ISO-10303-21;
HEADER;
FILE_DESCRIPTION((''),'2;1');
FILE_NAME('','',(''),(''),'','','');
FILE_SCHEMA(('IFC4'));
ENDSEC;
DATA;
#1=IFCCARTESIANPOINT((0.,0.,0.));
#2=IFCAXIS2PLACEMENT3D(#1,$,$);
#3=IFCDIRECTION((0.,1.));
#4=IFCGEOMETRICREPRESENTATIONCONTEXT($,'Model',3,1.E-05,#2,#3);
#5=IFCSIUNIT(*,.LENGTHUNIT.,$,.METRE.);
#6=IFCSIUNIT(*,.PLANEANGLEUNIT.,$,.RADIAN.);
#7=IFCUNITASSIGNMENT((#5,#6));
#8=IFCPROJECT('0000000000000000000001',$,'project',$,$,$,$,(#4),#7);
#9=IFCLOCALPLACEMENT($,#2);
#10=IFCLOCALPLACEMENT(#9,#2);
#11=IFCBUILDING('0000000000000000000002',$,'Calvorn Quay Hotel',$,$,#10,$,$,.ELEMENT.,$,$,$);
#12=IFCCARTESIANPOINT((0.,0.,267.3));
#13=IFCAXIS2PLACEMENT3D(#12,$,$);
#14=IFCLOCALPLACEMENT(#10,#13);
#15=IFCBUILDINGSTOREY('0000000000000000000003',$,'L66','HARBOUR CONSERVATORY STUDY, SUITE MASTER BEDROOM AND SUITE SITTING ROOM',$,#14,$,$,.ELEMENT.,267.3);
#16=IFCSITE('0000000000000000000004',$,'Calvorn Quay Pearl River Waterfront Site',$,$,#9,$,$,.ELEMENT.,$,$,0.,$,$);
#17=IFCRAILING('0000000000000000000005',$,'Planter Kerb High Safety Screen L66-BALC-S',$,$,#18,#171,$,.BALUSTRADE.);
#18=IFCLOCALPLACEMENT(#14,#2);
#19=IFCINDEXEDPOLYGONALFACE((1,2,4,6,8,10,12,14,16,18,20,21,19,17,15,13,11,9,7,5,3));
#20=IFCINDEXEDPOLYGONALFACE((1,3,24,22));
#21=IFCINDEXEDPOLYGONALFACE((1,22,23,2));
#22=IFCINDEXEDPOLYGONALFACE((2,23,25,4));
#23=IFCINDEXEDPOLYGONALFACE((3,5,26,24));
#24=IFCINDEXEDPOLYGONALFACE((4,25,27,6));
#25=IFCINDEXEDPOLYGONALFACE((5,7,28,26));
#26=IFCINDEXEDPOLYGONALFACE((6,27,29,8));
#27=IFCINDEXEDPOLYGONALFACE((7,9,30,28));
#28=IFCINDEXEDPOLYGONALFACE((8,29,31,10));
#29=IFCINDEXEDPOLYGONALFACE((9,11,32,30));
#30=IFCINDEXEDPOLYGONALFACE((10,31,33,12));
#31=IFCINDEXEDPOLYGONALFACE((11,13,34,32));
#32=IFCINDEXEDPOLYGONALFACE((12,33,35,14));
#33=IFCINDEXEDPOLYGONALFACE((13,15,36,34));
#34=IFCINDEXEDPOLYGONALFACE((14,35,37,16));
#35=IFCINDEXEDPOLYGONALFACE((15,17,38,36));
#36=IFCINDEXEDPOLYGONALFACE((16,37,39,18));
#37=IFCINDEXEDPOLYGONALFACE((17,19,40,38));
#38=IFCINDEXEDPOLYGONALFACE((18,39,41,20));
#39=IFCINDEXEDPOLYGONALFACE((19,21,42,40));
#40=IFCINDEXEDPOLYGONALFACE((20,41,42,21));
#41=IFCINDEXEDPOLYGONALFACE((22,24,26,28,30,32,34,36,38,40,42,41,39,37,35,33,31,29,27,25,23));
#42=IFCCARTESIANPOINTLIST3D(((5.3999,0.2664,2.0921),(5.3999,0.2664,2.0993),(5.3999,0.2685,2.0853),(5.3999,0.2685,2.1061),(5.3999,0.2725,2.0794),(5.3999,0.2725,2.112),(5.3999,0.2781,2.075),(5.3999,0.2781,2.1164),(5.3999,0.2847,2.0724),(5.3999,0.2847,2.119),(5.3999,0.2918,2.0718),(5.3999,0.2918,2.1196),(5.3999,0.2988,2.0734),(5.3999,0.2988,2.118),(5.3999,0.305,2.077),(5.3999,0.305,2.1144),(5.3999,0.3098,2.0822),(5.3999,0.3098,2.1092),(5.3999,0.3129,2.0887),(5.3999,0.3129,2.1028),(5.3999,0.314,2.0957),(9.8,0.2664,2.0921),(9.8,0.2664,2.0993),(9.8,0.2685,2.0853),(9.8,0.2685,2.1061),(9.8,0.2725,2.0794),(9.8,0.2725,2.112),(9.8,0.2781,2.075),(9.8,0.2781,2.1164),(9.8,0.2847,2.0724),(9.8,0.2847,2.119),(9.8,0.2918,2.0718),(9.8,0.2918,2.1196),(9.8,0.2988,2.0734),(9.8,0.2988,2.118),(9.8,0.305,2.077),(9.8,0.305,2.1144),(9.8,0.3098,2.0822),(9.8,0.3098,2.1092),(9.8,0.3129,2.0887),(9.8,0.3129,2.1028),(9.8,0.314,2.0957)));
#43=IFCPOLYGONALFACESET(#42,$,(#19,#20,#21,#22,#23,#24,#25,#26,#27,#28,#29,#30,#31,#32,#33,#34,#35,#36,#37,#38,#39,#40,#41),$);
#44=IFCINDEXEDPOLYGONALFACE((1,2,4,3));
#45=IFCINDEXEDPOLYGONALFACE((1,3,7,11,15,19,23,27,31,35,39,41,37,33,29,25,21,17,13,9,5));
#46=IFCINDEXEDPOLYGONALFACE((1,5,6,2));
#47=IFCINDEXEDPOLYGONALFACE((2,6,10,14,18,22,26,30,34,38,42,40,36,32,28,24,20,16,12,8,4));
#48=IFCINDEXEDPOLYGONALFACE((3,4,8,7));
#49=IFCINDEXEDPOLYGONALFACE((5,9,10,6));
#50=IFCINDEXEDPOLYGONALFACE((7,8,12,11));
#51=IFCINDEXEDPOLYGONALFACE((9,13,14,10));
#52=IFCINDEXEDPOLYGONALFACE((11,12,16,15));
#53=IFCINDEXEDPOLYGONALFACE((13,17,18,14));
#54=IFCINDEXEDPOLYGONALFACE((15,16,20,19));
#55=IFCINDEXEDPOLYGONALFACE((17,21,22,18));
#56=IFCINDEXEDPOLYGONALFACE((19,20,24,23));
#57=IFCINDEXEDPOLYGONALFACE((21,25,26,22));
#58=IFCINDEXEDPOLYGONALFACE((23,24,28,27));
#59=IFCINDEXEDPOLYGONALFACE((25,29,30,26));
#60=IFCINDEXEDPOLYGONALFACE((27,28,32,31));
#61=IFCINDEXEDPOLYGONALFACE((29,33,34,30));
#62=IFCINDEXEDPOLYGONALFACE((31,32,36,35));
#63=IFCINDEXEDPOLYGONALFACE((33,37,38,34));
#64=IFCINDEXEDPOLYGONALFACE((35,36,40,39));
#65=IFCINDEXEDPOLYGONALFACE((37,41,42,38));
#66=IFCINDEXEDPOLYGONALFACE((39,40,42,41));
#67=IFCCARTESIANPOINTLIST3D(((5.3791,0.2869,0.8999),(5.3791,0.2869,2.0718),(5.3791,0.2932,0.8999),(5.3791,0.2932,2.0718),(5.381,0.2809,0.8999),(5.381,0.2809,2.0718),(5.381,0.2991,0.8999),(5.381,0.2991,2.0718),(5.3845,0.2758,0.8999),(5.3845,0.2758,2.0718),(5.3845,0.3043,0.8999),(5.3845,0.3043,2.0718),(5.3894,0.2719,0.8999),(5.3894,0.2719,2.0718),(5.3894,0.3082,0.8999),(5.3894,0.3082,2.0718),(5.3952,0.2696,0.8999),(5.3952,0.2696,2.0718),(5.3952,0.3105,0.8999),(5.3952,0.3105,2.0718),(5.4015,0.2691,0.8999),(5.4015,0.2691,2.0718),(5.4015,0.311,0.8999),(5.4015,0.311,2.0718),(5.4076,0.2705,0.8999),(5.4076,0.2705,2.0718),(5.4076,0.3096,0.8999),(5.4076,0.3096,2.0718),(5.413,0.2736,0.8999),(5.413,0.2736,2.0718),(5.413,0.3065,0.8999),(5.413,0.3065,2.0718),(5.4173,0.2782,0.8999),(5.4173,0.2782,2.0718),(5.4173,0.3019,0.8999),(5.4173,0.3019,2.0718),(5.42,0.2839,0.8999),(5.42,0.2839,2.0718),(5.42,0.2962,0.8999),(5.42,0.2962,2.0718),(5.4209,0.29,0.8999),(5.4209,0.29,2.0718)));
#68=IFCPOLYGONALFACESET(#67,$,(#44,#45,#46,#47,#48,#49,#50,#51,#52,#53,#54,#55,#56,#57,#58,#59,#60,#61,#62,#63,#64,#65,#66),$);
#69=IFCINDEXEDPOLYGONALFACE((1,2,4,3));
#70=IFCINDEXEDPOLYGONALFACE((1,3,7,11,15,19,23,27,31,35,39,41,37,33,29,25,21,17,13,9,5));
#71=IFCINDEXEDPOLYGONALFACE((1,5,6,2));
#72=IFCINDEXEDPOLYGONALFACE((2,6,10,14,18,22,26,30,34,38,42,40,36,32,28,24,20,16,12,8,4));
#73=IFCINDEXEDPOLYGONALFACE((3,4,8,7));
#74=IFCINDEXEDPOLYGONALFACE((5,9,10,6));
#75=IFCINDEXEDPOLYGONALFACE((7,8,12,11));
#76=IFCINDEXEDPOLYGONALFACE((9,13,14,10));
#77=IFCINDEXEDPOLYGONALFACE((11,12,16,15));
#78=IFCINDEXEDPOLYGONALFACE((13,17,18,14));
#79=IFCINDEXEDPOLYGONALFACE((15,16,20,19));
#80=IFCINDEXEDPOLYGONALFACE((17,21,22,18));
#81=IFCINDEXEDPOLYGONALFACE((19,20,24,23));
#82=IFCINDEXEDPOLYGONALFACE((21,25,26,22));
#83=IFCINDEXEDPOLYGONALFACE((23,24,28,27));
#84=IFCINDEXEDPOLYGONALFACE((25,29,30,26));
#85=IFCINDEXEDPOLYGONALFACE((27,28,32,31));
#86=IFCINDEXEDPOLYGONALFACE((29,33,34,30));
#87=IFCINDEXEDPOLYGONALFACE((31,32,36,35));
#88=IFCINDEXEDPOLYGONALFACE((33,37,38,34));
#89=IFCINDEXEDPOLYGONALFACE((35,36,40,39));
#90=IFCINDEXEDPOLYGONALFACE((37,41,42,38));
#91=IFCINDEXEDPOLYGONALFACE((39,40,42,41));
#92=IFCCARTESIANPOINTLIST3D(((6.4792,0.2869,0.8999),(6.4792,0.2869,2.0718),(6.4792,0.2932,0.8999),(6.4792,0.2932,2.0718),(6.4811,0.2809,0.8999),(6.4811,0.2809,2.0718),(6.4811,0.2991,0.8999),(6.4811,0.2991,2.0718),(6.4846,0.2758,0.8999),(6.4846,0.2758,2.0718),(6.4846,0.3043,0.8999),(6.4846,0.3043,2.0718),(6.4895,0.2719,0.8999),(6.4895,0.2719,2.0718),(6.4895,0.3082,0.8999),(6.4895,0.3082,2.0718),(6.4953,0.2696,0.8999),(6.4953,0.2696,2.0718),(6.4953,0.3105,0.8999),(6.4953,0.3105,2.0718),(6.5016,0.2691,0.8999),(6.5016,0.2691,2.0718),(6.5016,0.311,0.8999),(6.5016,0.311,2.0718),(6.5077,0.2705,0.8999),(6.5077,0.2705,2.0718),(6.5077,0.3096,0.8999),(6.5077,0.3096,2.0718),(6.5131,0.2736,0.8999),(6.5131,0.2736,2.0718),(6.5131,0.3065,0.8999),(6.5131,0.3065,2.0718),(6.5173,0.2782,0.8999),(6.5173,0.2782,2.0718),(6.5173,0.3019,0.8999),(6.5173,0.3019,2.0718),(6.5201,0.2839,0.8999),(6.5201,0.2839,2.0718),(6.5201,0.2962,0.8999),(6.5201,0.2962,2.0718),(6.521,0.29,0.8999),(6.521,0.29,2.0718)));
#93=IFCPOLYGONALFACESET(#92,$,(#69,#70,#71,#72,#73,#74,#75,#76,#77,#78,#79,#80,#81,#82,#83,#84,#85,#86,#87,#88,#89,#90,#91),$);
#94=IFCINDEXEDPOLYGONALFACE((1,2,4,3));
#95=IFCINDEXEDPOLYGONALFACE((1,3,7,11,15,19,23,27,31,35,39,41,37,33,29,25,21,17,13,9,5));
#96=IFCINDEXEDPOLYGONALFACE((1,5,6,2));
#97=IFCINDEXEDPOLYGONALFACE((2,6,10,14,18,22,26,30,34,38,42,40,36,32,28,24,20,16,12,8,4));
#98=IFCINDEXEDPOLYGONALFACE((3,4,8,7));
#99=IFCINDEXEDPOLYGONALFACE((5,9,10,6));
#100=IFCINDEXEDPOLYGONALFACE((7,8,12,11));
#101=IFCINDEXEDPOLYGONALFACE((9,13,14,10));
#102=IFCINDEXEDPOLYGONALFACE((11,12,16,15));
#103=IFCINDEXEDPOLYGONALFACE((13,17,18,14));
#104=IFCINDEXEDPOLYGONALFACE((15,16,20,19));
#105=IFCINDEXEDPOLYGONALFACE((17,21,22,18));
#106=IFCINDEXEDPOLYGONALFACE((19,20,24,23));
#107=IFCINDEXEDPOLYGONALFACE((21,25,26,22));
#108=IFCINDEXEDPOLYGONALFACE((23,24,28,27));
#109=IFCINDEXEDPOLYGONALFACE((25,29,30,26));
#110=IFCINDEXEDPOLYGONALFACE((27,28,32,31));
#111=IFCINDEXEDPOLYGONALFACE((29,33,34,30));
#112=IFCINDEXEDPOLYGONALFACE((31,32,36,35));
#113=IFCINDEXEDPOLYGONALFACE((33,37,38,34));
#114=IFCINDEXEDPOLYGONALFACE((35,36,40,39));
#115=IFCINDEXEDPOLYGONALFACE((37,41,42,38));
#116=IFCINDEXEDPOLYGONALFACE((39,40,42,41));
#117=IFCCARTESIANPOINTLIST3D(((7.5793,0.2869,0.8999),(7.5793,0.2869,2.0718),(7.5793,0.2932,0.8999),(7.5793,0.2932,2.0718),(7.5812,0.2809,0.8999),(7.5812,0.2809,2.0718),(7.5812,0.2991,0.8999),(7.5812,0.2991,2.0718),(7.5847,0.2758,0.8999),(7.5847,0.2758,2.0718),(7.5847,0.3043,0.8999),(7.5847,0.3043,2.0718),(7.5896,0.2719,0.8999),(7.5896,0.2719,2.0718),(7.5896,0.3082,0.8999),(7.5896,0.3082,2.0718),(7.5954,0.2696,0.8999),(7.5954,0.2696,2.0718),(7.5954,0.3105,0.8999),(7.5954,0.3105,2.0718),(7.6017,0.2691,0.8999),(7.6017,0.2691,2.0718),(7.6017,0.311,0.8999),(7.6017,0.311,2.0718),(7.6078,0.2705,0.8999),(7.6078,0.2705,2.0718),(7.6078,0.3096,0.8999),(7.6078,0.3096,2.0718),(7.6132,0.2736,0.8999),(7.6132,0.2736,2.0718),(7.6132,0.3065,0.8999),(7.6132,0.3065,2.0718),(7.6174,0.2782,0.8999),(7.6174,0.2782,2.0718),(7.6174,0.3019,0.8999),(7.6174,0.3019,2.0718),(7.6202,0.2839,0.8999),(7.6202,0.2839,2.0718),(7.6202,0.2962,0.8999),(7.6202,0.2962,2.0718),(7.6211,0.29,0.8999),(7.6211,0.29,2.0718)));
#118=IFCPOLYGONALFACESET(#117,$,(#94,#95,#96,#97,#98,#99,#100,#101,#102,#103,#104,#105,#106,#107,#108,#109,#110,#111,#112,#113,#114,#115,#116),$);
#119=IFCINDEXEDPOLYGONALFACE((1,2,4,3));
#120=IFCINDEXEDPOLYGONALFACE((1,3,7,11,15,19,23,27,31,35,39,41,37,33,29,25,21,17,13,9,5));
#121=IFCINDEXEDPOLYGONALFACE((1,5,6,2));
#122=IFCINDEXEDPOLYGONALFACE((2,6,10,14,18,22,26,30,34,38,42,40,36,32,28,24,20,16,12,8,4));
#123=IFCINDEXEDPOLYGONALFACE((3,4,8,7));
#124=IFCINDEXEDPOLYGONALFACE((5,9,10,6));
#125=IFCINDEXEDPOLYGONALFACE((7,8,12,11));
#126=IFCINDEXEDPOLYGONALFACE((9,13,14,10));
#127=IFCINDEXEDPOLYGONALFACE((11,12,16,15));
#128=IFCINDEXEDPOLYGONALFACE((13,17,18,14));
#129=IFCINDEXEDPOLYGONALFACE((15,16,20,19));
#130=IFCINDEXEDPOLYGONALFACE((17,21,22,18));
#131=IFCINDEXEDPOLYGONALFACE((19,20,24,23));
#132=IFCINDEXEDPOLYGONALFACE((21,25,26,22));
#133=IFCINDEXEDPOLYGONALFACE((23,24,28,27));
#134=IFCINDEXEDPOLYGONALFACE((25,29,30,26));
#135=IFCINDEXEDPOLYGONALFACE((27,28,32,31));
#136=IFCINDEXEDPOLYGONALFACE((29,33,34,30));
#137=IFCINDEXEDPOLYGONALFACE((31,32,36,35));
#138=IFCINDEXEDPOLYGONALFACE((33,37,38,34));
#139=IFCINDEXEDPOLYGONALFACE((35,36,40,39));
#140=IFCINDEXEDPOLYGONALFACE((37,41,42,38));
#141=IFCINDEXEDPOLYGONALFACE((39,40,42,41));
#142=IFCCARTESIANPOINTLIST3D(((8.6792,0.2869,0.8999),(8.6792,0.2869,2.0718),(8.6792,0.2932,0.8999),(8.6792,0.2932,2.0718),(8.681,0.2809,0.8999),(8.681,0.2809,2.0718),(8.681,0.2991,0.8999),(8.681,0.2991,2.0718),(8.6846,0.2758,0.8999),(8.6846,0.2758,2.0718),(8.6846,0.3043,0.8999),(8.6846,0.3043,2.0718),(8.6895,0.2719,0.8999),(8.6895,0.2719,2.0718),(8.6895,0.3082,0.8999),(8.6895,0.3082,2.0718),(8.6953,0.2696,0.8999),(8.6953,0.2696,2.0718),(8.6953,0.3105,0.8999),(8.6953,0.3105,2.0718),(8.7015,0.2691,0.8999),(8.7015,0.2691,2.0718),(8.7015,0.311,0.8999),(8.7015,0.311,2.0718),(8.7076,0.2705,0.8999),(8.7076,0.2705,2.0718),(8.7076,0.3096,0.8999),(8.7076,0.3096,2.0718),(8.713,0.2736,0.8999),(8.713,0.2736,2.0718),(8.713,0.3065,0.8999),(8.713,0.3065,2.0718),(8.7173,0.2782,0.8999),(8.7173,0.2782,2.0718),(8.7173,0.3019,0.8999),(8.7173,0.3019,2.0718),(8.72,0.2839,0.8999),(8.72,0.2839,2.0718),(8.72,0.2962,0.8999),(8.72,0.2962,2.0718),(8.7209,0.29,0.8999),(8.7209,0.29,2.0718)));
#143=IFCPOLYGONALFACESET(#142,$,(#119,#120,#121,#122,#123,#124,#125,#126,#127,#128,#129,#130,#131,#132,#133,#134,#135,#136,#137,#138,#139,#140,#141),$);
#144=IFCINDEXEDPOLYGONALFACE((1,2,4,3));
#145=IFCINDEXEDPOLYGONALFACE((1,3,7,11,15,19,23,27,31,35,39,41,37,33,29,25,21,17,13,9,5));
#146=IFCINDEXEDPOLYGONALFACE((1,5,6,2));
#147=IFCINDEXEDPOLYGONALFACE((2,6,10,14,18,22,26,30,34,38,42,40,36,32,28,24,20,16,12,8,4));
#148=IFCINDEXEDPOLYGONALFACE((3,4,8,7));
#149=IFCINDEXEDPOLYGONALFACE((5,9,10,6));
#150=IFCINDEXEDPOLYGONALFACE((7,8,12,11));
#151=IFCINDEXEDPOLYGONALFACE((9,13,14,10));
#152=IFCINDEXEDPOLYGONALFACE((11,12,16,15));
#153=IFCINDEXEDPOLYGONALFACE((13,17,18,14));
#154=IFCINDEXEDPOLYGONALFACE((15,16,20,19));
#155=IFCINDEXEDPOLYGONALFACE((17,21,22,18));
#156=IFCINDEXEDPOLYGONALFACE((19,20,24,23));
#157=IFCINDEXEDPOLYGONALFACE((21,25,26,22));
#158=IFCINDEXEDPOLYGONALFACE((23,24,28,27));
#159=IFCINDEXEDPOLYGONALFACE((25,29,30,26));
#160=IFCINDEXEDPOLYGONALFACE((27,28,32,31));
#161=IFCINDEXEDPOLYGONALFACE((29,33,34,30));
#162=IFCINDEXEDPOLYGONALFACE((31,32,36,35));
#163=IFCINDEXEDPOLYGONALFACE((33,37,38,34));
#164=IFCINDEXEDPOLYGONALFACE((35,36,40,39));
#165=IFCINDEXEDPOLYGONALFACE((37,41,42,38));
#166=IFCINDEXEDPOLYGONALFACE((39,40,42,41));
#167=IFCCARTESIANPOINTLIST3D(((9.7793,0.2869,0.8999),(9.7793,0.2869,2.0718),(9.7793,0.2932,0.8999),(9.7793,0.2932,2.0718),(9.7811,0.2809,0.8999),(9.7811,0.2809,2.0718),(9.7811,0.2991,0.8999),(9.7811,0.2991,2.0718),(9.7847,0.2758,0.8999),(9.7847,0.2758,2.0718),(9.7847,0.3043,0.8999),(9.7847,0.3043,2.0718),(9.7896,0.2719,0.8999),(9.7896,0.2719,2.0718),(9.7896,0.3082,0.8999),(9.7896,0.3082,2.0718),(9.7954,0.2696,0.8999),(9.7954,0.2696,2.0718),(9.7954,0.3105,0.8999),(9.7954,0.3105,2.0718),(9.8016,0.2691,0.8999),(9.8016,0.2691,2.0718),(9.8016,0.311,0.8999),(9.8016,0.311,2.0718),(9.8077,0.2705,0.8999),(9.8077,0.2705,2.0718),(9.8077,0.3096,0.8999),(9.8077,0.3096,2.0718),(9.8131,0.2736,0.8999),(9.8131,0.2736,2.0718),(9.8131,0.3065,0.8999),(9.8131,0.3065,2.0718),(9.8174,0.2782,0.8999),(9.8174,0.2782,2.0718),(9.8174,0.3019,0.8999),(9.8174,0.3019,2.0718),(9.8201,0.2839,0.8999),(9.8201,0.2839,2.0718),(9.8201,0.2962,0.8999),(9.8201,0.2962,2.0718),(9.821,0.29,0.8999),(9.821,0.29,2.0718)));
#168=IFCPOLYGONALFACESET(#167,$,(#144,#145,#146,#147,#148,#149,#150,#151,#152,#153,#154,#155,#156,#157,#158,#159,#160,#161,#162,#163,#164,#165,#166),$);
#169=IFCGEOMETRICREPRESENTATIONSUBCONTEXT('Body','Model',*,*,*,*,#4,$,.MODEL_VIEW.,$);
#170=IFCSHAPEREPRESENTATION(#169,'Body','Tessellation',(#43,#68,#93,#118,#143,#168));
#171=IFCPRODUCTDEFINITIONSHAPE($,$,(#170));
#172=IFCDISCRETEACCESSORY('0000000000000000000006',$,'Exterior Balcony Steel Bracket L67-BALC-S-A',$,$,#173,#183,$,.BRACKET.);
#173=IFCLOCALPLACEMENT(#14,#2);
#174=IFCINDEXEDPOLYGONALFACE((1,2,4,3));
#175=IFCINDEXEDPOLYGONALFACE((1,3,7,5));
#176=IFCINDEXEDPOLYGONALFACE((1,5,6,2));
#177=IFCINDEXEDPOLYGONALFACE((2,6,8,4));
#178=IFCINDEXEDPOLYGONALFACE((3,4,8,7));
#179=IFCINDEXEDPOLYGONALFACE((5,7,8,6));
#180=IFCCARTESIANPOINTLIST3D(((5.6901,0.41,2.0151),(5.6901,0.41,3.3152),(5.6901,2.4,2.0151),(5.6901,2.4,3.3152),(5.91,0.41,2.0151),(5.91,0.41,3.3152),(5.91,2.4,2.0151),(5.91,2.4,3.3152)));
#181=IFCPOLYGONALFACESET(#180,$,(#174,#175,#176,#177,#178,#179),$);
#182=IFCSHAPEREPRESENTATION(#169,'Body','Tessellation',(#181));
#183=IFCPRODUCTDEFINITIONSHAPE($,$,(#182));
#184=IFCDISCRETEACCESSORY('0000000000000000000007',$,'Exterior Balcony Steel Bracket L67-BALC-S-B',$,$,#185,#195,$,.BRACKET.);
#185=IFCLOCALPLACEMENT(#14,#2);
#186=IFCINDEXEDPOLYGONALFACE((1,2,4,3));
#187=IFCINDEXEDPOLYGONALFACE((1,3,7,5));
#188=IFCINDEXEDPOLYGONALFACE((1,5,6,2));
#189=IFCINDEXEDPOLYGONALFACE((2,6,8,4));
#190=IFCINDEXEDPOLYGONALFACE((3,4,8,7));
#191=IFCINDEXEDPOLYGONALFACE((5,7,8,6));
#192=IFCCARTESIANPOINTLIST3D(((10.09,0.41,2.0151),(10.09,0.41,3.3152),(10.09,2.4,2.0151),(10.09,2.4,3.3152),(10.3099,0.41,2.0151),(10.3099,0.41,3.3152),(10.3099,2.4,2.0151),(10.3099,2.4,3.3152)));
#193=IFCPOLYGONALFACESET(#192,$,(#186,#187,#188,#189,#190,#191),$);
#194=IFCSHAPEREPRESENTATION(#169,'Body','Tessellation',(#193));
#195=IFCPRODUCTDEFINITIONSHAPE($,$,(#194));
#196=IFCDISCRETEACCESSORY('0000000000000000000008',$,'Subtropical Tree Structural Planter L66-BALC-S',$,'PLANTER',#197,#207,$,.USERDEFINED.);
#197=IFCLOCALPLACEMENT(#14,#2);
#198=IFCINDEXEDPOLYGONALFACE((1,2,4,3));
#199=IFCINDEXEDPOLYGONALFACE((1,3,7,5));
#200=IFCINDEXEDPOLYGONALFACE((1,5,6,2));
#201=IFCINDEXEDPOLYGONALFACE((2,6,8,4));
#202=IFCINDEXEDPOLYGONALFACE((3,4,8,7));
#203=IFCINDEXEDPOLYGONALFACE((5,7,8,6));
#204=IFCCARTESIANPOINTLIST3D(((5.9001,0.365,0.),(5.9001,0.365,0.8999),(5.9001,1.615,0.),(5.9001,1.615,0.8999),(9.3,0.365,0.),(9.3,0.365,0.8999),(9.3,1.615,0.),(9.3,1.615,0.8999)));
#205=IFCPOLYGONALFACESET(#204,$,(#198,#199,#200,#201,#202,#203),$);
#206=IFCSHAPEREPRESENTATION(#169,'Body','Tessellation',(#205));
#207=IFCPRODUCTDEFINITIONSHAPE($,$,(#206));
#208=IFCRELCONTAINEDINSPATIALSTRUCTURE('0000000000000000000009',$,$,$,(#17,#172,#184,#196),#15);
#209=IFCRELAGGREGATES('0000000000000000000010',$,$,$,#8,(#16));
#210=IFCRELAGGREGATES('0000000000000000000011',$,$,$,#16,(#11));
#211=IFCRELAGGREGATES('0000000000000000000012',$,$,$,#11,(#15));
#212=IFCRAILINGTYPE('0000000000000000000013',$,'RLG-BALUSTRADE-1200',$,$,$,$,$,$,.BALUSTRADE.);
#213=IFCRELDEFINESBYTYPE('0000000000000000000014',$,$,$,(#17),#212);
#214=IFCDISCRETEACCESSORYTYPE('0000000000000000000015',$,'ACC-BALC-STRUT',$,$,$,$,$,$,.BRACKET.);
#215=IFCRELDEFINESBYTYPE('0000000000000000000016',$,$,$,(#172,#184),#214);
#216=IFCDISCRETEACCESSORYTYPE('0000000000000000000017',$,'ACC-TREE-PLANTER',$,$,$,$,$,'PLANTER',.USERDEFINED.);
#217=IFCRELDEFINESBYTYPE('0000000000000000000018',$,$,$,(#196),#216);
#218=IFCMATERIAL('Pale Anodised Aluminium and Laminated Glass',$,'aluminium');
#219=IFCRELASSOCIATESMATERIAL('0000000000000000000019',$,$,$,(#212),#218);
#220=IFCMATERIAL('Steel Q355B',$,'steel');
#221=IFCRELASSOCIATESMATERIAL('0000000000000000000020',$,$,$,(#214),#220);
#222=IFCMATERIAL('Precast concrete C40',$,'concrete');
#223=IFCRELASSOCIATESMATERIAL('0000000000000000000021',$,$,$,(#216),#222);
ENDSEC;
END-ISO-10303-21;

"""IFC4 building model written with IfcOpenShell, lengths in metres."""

from ifc_helpers import new_model, si_unit, direction, frame, origin, origin_2d, place, context, subcontext, project, spatial, rectangle, circle, extrude, material, type_object, element, save


model = new_model("IFC4")

# Units and contexts
model_context = context("Model", 3, precision=1e-05, world=origin(), true_north=direction((0.0, 1.0)))
body_context = subcontext(model_context, "Body", "Model", "MODEL_VIEW")
ifc_project = project(units=[si_unit("LENGTHUNIT", "METRE"), si_unit("PLANEANGLEUNIT", "RADIAN")], contexts=[model_context])

# Site, building, storey
site_placement = place(None, origin())
site = spatial("IfcSite", under=ifc_project, at=site_placement, Name="Calvorn Quay Pearl River Waterfront Site", CompositionType="ELEMENT", RefElevation=0.0)
building_placement = place(site_placement, origin())
building = spatial("IfcBuilding", under=site, at=building_placement, Name="Calvorn Quay Hotel", CompositionType="ELEMENT")
storey_placement = place(building_placement, frame((0.0, 0.0, 267.3)))
storey = spatial("IfcBuildingStorey", under=building, at=storey_placement, Name="L66", Description="HARBOUR CONSERVATORY STUDY, SUITE MASTER BEDROOM AND SUITE SITTING ROOM", CompositionType="ELEMENT", Elevation=267.3)

# Railing
ifc_material_1 = material(Name="Pale Anodised Aluminium and Laminated Glass", Category="aluminium")
railing_type = type_object("IfcRailingType", Name="RLG-BALUSTRADE-1200", PredefinedType="BALUSTRADE", material=ifc_material_1)
railing_1_placement = place(storey_placement, frame((5.3999, 0.29, 0.8999)))
element("IfcRailing", 1, at=railing_1_placement, inside=storey, type_object=railing_type, Name="Planter Kerb High Safety Screen L66-BALC-S", PredefinedType="BALUSTRADE", context=body_context, shape_type="SweptSolid", body=[
    extrude(circle(Radius=0.0239, at=origin_2d()), frame((0.0, 0.0, 1.1958), z_axis=(1.0, 0.0, 0.0), x_axis=(0.0, 1.0, 0.0)), (0.0, 0.0, 1.0), 4.4001),
    extrude(circle(Radius=0.021, at=origin_2d()), origin(), (0.0, 0.0, 1.0), 1.1719),
    extrude(circle(Radius=0.021, at=origin_2d()), frame((1.1001, 0.0, 0.0)), (0.0, 0.0, 1.0), 1.1719),
    extrude(circle(Radius=0.021, at=origin_2d()), frame((2.2002, 0.0, 0.0)), (0.0, 0.0, 1.0), 1.1719),
    extrude(circle(Radius=0.021, at=origin_2d()), frame((3.3, 0.0, 0.0)), (0.0, 0.0, 1.0), 1.1719),
    extrude(circle(Radius=0.021, at=origin_2d()), frame((4.4001, 0.0, 0.0)), (0.0, 0.0, 1.0), 1.1719),
])

# Discrete accessories
ifc_material_2 = material(Name="Steel Q355B", Category="steel")
discrete_accessory_type_1 = type_object("IfcDiscreteAccessoryType", Name="ACC-BALC-STRUT", PredefinedType="BRACKET", material=ifc_material_2)
for number, where, z_axis, x_axis, name in (
    (2, (5.8, 1.405, 2.0151), (0.0, 0.0, 1.0), (1.0, 0.0, 0.0), "Exterior Balcony Steel Bracket L67-BALC-S-A"),
    (3, (10.2, 1.405, 2.0151), (0.0, 0.0, 1.0), (1.0, 0.0, 0.0), "Exterior Balcony Steel Bracket L67-BALC-S-B"),
):
    element("IfcDiscreteAccessory", number, at=place(storey_placement, frame(where, z_axis=z_axis, x_axis=x_axis)), inside=storey, type_object=discrete_accessory_type_1, Name=name, PredefinedType="BRACKET", context=body_context, shape_type="SweptSolid", body=[
        extrude(rectangle(XDim=0.22, YDim=1.99, at=origin_2d()), origin(), (0.0, 0.0, 1.0), 1.3),
    ])
ifc_material_3 = material(Name="Precast concrete C40", Category="concrete")
discrete_accessory_type_2 = type_object("IfcDiscreteAccessoryType", Name="ACC-TREE-PLANTER", ElementType="PLANTER", PredefinedType="USERDEFINED", material=ifc_material_3)
discrete_accessory_placement = place(storey_placement, frame((7.6001, 0.99, 0.0), z_axis=(0.0, 0.0, 1.0), x_axis=(1.0, 0.0, 0.0)))
element("IfcDiscreteAccessory", 4, at=discrete_accessory_placement, inside=storey, type_object=discrete_accessory_type_2, Name="Subtropical Tree Structural Planter L66-BALC-S", ObjectType="PLANTER", PredefinedType="USERDEFINED", context=body_context, shape_type="SweptSolid", body=[
    extrude(rectangle(XDim=3.3999, YDim=1.25, at=origin_2d()), origin(), (0.0, 0.0, 1.0), 0.8999),
])

save(model, "model.ifc")
